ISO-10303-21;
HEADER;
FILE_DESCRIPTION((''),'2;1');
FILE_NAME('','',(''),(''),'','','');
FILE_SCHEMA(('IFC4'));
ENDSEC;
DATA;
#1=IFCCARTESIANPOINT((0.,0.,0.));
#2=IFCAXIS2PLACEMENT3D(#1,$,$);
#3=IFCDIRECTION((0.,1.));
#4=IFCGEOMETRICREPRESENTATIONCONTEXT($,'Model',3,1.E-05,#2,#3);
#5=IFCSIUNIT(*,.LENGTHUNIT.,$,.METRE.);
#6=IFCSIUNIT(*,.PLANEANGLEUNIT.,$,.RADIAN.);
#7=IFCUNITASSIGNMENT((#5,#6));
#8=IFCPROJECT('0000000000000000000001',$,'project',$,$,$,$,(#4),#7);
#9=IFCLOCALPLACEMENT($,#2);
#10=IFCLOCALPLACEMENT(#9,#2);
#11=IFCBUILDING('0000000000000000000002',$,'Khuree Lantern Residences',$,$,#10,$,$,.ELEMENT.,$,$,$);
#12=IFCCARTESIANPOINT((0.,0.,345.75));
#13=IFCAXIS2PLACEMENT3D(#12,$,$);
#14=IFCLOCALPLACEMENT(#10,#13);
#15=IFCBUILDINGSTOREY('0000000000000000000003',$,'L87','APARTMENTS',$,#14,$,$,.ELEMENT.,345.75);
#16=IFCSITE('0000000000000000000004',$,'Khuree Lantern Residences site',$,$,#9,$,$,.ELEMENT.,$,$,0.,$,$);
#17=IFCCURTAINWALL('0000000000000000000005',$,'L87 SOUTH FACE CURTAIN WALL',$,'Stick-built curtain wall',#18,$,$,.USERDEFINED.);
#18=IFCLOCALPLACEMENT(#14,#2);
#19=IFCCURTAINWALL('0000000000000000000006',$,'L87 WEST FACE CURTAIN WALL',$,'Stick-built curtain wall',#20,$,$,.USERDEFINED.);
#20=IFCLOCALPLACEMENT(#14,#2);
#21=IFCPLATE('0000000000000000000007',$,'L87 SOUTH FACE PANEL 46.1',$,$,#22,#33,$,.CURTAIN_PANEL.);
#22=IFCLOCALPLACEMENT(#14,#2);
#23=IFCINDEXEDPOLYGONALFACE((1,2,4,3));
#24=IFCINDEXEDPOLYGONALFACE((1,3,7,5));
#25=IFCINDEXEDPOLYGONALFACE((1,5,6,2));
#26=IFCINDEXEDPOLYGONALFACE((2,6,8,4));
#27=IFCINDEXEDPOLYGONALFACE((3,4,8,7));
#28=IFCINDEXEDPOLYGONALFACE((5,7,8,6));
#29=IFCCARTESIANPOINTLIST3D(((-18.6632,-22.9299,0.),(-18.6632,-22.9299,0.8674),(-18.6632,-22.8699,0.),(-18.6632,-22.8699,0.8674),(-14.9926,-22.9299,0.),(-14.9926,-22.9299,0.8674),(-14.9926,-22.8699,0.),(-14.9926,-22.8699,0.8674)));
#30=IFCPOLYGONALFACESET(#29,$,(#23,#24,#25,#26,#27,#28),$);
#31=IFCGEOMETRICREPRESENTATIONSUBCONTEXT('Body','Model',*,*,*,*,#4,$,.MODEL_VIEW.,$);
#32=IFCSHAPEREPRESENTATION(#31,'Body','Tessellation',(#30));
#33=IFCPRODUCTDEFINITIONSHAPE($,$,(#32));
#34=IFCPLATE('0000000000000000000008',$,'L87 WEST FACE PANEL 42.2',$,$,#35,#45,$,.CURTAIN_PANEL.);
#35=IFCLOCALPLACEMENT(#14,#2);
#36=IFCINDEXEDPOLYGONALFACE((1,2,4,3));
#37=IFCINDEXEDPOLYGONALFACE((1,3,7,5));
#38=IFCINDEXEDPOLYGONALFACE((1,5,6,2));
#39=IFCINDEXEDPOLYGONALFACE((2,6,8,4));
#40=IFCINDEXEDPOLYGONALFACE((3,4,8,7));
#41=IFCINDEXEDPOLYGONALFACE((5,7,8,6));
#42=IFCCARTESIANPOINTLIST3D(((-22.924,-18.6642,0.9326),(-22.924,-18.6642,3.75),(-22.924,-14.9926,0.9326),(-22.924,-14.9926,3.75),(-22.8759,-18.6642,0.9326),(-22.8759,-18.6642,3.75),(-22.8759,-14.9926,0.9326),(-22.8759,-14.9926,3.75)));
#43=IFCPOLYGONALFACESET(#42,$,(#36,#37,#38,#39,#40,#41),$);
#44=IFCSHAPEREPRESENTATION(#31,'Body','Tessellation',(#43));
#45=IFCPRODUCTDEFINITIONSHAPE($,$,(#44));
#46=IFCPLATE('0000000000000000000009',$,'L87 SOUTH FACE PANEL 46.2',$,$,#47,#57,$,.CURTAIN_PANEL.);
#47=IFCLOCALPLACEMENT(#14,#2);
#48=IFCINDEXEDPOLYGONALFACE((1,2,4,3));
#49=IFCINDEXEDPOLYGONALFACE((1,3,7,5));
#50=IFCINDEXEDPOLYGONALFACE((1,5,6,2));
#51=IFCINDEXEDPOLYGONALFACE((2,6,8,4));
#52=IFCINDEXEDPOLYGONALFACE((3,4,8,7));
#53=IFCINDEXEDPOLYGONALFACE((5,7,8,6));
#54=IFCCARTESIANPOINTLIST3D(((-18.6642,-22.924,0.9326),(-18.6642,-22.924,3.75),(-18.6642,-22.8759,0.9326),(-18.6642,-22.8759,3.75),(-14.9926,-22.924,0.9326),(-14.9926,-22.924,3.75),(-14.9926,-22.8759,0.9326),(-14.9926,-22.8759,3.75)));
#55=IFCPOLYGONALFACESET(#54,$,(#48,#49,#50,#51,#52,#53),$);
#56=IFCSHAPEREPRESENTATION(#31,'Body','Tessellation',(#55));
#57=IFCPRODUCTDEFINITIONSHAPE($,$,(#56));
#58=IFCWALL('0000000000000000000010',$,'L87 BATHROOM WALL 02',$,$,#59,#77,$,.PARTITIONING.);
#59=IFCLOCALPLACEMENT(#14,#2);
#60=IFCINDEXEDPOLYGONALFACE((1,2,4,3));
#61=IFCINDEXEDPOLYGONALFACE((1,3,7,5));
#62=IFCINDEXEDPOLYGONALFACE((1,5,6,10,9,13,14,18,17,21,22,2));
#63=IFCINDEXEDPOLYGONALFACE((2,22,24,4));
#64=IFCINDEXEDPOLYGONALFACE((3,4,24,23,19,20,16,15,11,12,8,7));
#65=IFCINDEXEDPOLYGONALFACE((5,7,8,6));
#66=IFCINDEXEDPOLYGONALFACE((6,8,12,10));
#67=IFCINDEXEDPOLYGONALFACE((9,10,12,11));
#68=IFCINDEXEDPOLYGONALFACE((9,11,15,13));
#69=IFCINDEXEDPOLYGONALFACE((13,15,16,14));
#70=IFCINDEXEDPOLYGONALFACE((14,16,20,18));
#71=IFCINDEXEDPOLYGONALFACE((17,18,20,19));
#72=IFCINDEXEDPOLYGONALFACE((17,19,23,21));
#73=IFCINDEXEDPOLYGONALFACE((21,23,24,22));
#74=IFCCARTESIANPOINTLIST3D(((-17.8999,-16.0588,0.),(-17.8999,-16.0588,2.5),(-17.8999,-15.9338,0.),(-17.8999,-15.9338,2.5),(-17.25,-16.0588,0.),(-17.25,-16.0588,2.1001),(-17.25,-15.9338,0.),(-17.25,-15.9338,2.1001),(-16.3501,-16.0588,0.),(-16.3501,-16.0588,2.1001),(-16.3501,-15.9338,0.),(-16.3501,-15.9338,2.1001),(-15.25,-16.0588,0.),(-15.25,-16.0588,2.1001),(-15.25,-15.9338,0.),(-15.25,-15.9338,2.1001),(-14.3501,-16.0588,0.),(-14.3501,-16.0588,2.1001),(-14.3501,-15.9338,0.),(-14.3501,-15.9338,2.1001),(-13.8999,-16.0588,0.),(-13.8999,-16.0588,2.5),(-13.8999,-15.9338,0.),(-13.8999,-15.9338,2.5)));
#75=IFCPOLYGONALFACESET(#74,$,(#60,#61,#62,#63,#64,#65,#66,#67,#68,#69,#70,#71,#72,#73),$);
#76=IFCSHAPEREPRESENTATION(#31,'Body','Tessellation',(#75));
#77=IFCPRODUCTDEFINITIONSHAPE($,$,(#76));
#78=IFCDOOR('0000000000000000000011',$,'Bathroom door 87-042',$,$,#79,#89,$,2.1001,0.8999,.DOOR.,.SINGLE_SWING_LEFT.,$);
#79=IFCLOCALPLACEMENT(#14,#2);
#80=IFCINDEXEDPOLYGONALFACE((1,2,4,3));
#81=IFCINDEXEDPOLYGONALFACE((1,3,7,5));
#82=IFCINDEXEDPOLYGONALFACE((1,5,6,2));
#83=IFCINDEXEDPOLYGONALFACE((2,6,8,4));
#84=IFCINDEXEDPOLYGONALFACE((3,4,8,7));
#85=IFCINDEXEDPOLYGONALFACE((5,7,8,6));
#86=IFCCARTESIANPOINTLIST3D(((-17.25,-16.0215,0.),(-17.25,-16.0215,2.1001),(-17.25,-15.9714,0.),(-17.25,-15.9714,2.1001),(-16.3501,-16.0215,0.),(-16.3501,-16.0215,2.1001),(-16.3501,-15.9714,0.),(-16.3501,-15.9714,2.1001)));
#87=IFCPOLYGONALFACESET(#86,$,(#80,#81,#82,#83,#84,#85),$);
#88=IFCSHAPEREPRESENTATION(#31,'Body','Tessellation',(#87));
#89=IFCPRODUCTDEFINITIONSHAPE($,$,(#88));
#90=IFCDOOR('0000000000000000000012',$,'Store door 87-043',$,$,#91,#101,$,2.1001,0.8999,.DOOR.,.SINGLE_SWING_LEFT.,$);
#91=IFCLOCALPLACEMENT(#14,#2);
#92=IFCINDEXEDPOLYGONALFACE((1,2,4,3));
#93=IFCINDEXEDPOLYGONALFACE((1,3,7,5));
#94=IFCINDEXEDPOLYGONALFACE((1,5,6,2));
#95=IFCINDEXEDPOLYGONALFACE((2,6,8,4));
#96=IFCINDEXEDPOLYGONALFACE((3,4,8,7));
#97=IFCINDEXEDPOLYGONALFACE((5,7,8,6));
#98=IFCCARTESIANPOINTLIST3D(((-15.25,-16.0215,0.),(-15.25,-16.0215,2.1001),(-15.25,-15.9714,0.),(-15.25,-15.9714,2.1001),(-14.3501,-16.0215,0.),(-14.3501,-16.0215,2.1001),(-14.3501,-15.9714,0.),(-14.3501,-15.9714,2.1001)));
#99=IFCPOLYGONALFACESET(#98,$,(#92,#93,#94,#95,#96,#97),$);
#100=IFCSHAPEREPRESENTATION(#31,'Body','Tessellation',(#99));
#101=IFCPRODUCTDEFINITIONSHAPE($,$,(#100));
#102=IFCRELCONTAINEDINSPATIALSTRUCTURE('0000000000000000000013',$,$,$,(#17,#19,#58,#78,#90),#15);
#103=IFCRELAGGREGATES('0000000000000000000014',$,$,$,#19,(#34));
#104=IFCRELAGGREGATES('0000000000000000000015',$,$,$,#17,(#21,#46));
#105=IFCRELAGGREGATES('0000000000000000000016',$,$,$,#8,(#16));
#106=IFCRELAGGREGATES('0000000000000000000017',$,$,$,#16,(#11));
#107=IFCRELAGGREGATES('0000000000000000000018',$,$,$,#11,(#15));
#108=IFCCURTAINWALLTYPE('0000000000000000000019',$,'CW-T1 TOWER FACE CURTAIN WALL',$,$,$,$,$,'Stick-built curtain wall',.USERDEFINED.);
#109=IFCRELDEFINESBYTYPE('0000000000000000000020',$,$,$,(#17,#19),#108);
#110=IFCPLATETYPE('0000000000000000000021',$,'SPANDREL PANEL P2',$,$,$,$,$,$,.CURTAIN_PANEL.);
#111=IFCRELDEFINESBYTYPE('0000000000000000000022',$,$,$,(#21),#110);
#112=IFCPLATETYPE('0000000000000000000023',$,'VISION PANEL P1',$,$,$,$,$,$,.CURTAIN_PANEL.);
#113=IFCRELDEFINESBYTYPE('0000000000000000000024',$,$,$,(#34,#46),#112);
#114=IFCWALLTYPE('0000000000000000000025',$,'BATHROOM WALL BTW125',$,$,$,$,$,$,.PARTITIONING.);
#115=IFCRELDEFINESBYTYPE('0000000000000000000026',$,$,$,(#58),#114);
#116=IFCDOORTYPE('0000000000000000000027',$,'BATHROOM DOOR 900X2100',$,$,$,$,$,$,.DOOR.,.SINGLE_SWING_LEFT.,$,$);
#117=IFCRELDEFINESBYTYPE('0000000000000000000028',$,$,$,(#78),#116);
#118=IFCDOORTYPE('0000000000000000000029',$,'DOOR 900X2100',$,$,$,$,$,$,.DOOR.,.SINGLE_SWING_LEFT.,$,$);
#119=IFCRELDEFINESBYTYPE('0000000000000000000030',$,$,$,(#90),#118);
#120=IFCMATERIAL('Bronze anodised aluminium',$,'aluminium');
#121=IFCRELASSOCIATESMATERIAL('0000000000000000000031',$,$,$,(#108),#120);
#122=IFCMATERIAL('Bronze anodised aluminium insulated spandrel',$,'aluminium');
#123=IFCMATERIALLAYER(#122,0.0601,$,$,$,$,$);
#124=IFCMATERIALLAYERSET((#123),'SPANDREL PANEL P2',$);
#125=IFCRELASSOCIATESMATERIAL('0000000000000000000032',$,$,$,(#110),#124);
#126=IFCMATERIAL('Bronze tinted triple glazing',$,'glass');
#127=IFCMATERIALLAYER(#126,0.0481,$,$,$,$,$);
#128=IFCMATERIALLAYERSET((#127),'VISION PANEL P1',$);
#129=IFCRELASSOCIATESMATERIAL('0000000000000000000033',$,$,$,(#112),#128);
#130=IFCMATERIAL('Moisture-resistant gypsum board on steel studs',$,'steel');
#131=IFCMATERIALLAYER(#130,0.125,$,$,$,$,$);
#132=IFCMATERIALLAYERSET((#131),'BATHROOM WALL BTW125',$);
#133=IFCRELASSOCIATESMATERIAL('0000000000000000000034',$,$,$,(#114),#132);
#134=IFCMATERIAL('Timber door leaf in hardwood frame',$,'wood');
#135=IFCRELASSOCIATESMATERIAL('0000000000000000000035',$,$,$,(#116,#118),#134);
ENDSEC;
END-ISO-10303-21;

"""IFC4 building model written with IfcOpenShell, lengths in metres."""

from ifc_helpers import new_model, si_unit, direction, frame, frame_2d, origin, origin_2d, place, context, subcontext, project, spatial, rectangle, extrude, material, layer, layer_set, type_object, element, fill, aggregate, save


model = new_model("IFC4")

# Units and contexts
model_context = context("Model", 3, precision=1e-05, world=origin(), true_north=direction((0.0, 1.0)))
body_context = subcontext(model_context, "Body", "Model", "MODEL_VIEW")
ifc_project = project(units=[si_unit("LENGTHUNIT", "METRE"), si_unit("PLANEANGLEUNIT", "RADIAN")], contexts=[model_context])

# Site, building, storey
site_placement = place(None, origin())
site = spatial("IfcSite", under=ifc_project, at=site_placement, Name="Khuree Lantern Residences site", CompositionType="ELEMENT", RefElevation=0.0)
building_placement = place(site_placement, origin())
building = spatial("IfcBuilding", under=site, at=building_placement, Name="Khuree Lantern Residences", CompositionType="ELEMENT")
storey_placement = place(building_placement, frame((0.0, 0.0, 345.75)))
storey = spatial("IfcBuildingStorey", under=building, at=storey_placement, Name="L87", Description="APARTMENTS", CompositionType="ELEMENT", Elevation=345.75)

# Curtain wall
ifc_material_1 = material(Name="Bronze anodised aluminium", Category="aluminium")
curtain_wall_type_1 = type_object("IfcCurtainWallType", Name="CW-T1 TOWER FACE CURTAIN WALL", ElementType="Stick-built curtain wall", PredefinedType="USERDEFINED", material=ifc_material_1)
curtain_wall_1_placement = place(storey_placement, origin())
curtain_wall_1 = element("IfcCurtainWall", 1, at=curtain_wall_1_placement, inside=storey, type_object=curtain_wall_type_1, Name="L87 SOUTH FACE CURTAIN WALL", ObjectType="Stick-built curtain wall", PredefinedType="USERDEFINED")

# Curtain wall
curtain_wall_2_placement = place(storey_placement, origin())
curtain_wall_2 = element("IfcCurtainWall", 2, at=curtain_wall_2_placement, inside=storey, type_object=curtain_wall_type_1, Name="L87 WEST FACE CURTAIN WALL", ObjectType="Stick-built curtain wall", PredefinedType="USERDEFINED")

# Plates
ifc_material_2 = material(Name="Bronze tinted triple glazing", Category="glass")
ifc_material_3 = material(Name="Bronze anodised aluminium insulated spandrel", Category="aluminium")
ifc_layer_1 = layer(ifc_material_3, 0.0601)
ifc_layer_set_1 = layer_set([ifc_layer_1], Name="SPANDREL PANEL P2")
plate_type_1 = type_object("IfcPlateType", Name="SPANDREL PANEL P2", PredefinedType="CURTAIN_PANEL", material=ifc_layer_set_1)
plate_1_placement = place(storey_placement, frame((-16.8279, -22.8999, 0.0), z_axis=(0.0, 0.0, 1.0), x_axis=(1.0, 0.0, 0.0)))
plate_1 = element("IfcPlate", 3, at=plate_1_placement, type_object=plate_type_1, Name="L87 SOUTH FACE PANEL 46.1", PredefinedType="CURTAIN_PANEL", context=body_context, shape_type="SweptSolid", body=[
    extrude(rectangle(XDim=3.6707, YDim=0.0601, at=origin_2d()), origin(), (0.0, 0.0, 1.0), 0.8674),
])
ifc_layer_2 = layer(ifc_material_2, 0.0481)
ifc_layer_set_2 = layer_set([ifc_layer_2], Name="VISION PANEL P1")
plate_type_2 = type_object("IfcPlateType", Name="VISION PANEL P1", PredefinedType="CURTAIN_PANEL", material=ifc_layer_set_2)
plate_2_placement = place(storey_placement, frame((-22.8999, -16.8284, 0.9326), z_axis=(0.0, 0.0, 1.0), x_axis=(0.0, -1.0, 0.0)))
plate_2 = element("IfcPlate", 4, at=plate_2_placement, type_object=plate_type_2, Name="L87 WEST FACE PANEL 42.2", PredefinedType="CURTAIN_PANEL", context=body_context, shape_type="SweptSolid", body=[
    extrude(rectangle(XDim=3.6716, YDim=0.0481, at=origin_2d()), origin(), (0.0, 0.0, 1.0), 2.8174),
])
aggregate(curtain_wall_2, [plate_2])
plate_3_placement = place(storey_placement, frame((-16.8284, -22.8999, 0.9326), z_axis=(0.0, 0.0, 1.0), x_axis=(1.0, 0.0, 0.0)))
plate_3 = element("IfcPlate", 5, at=plate_3_placement, type_object=plate_type_2, Name="L87 SOUTH FACE PANEL 46.2", PredefinedType="CURTAIN_PANEL", context=body_context, shape_type="SweptSolid", body=[
    extrude(rectangle(XDim=3.6716, YDim=0.0481, at=origin_2d()), origin(), (0.0, 0.0, 1.0), 2.8174),
])
aggregate(curtain_wall_1, [plate_1, plate_3])

# Wall, openings, doors
ifc_material_4 = material(Name="Moisture-resistant gypsum board on steel studs", Category="steel")
ifc_layer_3 = layer(ifc_material_4, 0.125)
ifc_layer_set_3 = layer_set([ifc_layer_3], Name="BATHROOM WALL BTW125")
wall_type = type_object("IfcWallType", Name="BATHROOM WALL BTW125", PredefinedType="PARTITIONING", material=ifc_layer_set_3)
wall_placement = place(storey_placement, frame((-17.8999, -15.9963, 0.0), z_axis=(0.0, 0.0, 1.0), x_axis=(1.0, 0.0, 0.0)))
wall = element("IfcWall", 6, at=wall_placement, inside=storey, type_object=wall_type, Name="L87 BATHROOM WALL 02", PredefinedType="PARTITIONING", context=body_context, shape_type="SweptSolid", body=[
    extrude(rectangle(XDim=4.0, YDim=0.125, at=frame_2d((2.0, 0.0))), origin(), (0.0, 0.0, 1.0), 2.5),
])
opening_1_placement = place(wall_placement, frame((0.6499, 0.0, 0.0)))
opening_1 = element("IfcOpeningElement", 7, at=opening_1_placement, cuts=wall, PredefinedType="OPENING", context=body_context, shape_type="SweptSolid", body=[
    extrude(rectangle(XDim=0.8999, YDim=2.1001, at=frame_2d((0.45, 1.05))), frame((0.0, 0.0725, 0.0), z_axis=(0.0, -1.0, 0.0), x_axis=(1.0, 0.0, 0.0)), (0.0, 0.0, 1.0), 0.145),
])
opening_2_placement = place(wall_placement, frame((2.6499, 0.0, 0.0)))
opening_2 = element("IfcOpeningElement", 8, at=opening_2_placement, cuts=wall, PredefinedType="OPENING", context=body_context, shape_type="SweptSolid", body=[
    extrude(rectangle(XDim=0.8999, YDim=2.1001, at=frame_2d((0.45, 1.05))), frame((0.0, 0.0725, 0.0), z_axis=(0.0, -1.0, 0.0), x_axis=(1.0, 0.0, 0.0)), (0.0, 0.0, 1.0), 0.145),
])
ifc_material_5 = material(Name="Timber door leaf in hardwood frame", Category="wood")
door_type_1 = type_object("IfcDoorType", Name="BATHROOM DOOR 900X2100", OperationType="SINGLE_SWING_LEFT", PredefinedType="DOOR", material=ifc_material_5)
door_1_placement = place(opening_1_placement, origin())
door_1 = element("IfcDoor", 9, at=door_1_placement, inside=storey, type_object=door_type_1, Name="Bathroom door 87-042", OperationType="SINGLE_SWING_LEFT", OverallHeight=2.1001, OverallWidth=0.8999, PredefinedType="DOOR", context=body_context, shape_type="SweptSolid", body=[
    extrude(rectangle(XDim=0.8999, YDim=2.1001, at=frame_2d((0.45, 1.05))), frame((0.0, 0.0249, 0.0), z_axis=(0.0, -1.0, 0.0), x_axis=(1.0, 0.0, 0.0)), (0.0, 0.0, 1.0), 0.05),
])
fill(opening_1, door_1)
door_type_2 = type_object("IfcDoorType", Name="DOOR 900X2100", OperationType="SINGLE_SWING_LEFT", PredefinedType="DOOR", material=ifc_material_5)
door_2_placement = place(opening_2_placement, origin())
door_2 = element("IfcDoor", 10, at=door_2_placement, inside=storey, type_object=door_type_2, Name="Store door 87-043", OperationType="SINGLE_SWING_LEFT", OverallHeight=2.1001, OverallWidth=0.8999, PredefinedType="DOOR", context=body_context, shape_type="SweptSolid", body=[
    extrude(rectangle(XDim=0.8999, YDim=2.1001, at=frame_2d((0.45, 1.05))), frame((0.0, 0.0249, 0.0), z_axis=(0.0, -1.0, 0.0), x_axis=(1.0, 0.0, 0.0)), (0.0, 0.0, 1.0), 0.05),
])
fill(opening_2, door_2)

save(model, "model.ifc")
